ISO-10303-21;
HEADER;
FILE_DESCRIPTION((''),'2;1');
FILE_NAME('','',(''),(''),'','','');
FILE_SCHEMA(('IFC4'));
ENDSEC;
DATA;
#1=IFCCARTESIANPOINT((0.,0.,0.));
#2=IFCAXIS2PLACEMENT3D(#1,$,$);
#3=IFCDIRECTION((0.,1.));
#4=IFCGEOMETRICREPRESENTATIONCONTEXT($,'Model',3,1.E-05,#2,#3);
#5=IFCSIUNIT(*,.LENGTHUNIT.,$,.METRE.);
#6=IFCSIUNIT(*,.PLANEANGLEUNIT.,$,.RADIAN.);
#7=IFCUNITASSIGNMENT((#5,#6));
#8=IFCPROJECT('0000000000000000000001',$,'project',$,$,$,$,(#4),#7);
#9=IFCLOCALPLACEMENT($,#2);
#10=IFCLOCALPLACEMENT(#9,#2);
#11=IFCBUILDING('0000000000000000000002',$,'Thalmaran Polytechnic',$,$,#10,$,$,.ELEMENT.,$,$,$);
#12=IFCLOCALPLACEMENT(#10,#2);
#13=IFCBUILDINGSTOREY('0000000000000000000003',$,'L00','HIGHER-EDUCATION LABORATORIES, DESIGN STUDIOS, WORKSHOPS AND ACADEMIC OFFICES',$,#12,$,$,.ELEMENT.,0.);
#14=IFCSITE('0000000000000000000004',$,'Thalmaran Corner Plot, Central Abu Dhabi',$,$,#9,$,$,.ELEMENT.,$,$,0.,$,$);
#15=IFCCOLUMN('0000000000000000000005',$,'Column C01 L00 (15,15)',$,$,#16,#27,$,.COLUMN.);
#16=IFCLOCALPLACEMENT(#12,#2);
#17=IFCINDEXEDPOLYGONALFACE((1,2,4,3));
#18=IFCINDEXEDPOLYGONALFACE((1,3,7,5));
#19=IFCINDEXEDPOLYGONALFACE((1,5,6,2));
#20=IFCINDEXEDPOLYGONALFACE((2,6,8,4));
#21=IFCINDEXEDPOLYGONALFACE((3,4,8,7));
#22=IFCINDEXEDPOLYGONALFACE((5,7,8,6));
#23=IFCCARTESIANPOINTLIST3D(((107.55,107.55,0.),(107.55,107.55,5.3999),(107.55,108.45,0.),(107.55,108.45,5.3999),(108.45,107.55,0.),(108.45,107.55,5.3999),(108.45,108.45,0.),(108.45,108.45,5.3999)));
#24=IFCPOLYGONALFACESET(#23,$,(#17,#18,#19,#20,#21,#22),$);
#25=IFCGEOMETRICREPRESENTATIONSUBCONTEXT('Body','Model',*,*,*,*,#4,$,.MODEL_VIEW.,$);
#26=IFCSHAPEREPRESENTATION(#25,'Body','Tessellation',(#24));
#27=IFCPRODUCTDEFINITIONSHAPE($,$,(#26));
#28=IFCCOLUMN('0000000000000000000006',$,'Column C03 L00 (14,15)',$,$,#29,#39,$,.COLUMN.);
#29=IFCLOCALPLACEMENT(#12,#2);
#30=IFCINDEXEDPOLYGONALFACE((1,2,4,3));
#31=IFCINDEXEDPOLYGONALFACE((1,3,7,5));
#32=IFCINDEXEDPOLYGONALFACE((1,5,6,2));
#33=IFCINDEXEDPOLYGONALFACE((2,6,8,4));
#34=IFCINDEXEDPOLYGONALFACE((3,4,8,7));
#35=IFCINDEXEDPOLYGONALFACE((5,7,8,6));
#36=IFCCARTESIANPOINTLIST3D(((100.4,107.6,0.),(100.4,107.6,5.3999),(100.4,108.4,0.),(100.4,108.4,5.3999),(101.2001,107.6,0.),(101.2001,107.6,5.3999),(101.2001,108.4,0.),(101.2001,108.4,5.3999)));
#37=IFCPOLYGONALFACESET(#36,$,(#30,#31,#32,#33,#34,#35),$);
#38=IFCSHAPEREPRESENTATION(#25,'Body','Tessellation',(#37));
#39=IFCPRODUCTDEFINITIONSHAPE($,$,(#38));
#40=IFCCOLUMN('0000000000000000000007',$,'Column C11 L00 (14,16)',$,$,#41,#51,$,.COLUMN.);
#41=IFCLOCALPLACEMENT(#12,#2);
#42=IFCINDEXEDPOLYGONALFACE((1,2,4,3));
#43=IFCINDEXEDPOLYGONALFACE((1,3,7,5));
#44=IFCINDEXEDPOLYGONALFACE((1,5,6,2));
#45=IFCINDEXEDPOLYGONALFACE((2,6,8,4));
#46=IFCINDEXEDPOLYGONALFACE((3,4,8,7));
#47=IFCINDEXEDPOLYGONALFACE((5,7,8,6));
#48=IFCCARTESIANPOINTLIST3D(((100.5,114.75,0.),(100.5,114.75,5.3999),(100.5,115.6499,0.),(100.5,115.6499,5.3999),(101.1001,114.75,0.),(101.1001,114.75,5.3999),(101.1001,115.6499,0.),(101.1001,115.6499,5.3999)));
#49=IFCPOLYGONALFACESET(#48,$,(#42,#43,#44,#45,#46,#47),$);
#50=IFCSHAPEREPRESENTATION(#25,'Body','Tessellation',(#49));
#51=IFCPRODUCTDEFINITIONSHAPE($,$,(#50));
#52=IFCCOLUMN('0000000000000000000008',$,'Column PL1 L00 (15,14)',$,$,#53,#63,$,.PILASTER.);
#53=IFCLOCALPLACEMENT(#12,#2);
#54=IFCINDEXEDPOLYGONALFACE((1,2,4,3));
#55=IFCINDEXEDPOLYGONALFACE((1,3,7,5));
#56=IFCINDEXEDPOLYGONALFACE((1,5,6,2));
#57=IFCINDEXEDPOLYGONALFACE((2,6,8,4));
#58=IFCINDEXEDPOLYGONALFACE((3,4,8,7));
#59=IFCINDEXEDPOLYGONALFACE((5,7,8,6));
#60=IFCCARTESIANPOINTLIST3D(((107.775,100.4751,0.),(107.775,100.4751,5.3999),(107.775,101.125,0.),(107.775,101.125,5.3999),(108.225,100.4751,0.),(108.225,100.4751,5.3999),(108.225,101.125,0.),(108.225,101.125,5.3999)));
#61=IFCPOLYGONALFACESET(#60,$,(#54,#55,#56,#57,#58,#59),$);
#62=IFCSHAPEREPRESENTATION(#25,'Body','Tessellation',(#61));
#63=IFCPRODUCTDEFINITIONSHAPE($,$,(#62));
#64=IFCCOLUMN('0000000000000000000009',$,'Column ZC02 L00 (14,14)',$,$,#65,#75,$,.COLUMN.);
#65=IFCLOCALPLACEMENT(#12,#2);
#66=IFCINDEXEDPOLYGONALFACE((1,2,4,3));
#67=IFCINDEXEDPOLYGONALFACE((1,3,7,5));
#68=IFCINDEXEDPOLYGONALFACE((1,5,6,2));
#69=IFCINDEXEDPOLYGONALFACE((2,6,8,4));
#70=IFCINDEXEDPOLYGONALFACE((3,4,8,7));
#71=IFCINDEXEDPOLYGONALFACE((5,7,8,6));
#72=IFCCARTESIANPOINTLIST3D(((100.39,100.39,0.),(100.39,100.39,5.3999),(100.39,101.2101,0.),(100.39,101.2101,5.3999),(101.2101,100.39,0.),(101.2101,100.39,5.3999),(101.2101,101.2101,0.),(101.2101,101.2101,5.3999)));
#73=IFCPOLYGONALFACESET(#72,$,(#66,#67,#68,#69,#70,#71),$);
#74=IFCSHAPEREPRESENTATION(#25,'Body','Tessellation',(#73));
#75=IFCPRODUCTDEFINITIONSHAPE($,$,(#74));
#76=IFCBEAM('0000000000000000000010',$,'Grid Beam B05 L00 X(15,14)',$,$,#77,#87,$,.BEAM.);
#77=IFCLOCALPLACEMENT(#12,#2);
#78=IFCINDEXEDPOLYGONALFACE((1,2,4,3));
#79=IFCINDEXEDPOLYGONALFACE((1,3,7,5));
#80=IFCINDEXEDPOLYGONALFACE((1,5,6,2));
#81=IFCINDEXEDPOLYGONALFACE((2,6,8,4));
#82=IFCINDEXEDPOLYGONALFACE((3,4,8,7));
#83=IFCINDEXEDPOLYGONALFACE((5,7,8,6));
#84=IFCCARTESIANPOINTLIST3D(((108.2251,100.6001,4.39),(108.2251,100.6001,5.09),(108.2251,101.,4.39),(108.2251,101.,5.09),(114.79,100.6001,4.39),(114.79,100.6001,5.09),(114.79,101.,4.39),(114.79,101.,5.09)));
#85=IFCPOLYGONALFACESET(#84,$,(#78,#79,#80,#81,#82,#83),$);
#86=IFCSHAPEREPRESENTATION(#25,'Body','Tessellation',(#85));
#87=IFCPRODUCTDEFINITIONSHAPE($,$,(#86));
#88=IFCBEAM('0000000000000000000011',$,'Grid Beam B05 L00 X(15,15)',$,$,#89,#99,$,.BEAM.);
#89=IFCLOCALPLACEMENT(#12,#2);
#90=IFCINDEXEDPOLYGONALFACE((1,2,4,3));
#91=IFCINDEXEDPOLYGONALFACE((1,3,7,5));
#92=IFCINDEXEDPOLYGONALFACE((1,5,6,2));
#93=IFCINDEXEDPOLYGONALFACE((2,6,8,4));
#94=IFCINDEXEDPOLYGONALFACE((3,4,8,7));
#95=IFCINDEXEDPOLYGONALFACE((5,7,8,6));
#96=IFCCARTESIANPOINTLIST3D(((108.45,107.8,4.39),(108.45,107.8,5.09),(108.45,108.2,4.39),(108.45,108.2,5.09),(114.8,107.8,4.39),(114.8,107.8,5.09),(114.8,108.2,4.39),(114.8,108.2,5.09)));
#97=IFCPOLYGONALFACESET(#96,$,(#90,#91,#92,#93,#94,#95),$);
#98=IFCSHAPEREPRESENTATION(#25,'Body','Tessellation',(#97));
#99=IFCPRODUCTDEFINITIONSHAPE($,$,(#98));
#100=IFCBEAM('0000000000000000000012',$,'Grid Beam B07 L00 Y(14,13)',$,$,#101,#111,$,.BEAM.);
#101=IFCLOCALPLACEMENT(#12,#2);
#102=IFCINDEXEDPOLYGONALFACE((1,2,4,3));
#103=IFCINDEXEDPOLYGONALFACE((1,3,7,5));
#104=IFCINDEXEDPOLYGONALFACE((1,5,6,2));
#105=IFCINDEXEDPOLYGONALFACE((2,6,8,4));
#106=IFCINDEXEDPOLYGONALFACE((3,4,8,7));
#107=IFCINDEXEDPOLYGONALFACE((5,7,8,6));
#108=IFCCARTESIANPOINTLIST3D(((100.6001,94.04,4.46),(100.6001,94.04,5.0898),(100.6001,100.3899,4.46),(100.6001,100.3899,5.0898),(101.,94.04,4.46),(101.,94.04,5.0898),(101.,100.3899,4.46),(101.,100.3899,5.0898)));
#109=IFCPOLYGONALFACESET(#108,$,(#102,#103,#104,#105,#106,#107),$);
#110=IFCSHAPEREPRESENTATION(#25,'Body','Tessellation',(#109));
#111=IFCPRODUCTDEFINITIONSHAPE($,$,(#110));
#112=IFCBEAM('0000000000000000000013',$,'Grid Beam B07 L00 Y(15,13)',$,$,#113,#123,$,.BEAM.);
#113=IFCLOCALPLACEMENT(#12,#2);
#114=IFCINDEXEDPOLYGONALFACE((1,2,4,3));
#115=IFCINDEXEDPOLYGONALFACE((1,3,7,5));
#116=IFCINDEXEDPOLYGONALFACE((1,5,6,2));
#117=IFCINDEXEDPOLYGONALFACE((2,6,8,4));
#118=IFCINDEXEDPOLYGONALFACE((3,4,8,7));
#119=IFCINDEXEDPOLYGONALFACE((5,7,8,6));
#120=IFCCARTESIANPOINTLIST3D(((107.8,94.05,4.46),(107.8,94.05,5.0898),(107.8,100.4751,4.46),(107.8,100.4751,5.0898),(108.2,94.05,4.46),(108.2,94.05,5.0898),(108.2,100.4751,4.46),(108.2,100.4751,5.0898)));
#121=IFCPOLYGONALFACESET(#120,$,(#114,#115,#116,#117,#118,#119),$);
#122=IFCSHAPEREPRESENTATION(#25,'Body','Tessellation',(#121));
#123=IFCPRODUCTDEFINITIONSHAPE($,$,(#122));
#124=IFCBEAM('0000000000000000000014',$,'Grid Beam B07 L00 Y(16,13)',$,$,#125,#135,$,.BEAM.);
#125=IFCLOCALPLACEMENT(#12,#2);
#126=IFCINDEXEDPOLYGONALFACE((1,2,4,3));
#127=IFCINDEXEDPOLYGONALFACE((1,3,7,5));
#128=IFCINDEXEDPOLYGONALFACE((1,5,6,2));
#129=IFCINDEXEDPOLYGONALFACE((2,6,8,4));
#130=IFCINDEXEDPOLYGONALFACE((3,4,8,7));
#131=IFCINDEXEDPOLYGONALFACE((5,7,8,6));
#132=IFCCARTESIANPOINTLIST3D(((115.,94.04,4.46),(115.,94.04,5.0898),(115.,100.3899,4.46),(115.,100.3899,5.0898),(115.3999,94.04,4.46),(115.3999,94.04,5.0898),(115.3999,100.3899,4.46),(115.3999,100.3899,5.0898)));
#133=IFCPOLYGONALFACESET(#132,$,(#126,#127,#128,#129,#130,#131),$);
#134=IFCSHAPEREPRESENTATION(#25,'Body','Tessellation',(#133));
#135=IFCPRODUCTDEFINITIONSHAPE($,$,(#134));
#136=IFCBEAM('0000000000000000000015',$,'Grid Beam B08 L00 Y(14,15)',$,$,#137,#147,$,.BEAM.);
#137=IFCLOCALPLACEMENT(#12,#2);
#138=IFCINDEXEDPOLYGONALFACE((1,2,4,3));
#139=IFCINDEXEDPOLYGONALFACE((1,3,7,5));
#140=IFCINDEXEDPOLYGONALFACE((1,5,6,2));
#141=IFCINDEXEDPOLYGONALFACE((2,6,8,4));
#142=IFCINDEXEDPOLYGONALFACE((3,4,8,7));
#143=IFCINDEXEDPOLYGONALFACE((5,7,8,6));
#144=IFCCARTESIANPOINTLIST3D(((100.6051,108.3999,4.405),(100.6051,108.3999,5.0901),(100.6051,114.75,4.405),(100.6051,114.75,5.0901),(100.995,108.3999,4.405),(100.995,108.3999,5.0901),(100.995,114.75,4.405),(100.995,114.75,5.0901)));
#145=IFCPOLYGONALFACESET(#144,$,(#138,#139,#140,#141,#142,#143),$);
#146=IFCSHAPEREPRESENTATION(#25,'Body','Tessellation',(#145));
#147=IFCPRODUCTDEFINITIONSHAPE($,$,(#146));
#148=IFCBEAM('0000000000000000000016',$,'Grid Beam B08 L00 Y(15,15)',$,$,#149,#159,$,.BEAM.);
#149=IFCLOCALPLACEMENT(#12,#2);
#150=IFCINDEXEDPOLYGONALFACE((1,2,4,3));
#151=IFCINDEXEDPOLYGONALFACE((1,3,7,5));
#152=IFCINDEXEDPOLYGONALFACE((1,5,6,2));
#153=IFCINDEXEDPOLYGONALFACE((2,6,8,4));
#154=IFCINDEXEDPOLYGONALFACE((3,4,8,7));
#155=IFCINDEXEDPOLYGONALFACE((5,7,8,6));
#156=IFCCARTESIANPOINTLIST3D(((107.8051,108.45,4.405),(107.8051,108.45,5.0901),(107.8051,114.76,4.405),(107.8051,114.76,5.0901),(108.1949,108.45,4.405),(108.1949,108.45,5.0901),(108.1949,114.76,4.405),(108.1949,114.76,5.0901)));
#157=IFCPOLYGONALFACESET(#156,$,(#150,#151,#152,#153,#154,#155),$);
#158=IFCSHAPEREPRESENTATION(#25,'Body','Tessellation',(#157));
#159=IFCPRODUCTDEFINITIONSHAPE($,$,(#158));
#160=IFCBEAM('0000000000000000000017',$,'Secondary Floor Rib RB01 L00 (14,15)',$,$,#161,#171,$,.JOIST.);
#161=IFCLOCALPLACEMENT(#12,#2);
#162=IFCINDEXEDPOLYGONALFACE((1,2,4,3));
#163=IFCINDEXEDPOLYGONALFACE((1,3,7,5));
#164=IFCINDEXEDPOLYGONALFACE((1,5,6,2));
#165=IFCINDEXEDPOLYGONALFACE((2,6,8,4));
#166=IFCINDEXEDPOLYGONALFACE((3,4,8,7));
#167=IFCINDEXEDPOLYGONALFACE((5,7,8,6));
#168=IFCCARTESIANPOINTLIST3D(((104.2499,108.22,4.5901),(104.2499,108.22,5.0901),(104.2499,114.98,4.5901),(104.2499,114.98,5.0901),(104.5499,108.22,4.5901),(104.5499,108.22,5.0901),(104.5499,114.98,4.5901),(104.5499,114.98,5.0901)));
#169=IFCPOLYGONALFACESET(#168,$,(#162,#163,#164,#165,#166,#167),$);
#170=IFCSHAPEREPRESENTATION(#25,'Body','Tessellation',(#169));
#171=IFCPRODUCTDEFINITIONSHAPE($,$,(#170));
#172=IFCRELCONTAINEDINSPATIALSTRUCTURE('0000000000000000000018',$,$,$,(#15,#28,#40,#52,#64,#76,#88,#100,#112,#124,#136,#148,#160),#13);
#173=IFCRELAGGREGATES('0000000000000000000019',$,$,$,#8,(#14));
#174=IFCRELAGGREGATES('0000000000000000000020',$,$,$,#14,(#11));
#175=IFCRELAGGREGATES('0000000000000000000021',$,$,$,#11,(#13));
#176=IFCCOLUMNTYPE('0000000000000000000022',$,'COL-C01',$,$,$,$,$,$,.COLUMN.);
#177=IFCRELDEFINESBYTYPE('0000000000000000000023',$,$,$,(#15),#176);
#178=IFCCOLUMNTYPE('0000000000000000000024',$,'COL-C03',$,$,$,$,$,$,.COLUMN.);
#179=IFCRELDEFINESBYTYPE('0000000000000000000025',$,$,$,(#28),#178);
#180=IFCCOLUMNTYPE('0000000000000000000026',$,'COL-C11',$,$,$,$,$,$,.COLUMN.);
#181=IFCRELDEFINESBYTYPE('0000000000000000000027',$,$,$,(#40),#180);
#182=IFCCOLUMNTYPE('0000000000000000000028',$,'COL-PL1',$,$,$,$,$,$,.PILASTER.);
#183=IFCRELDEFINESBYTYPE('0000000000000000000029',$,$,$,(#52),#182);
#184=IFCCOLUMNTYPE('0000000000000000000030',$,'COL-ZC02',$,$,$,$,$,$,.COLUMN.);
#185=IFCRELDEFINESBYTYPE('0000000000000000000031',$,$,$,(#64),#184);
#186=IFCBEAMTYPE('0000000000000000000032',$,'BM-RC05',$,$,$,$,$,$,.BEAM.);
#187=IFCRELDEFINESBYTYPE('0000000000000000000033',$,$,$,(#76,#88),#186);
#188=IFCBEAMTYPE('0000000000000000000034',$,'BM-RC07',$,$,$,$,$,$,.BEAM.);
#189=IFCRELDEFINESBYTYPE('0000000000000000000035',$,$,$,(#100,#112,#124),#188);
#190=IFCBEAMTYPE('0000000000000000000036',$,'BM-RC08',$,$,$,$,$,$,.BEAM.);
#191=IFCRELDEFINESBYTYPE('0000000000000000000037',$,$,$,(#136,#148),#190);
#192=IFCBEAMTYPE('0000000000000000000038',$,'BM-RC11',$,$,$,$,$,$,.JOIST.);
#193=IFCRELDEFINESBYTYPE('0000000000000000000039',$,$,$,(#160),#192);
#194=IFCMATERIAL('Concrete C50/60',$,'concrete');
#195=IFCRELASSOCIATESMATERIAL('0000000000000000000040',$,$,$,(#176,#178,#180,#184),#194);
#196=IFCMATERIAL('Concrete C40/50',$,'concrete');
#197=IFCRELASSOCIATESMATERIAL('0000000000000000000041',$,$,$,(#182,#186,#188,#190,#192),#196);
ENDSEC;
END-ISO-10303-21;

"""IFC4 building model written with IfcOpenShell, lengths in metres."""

from ifc_helpers import new_model, si_unit, direction, frame, origin, origin_2d, place, context, subcontext, project, spatial, rectangle, extrude, material, material_profile, profile_set, type_object, element, save


model = new_model("IFC4")

# Units and contexts
model_context = context("Model", 3, precision=1e-05, world=origin(), true_north=direction((0.0, 1.0)))
body_context = subcontext(model_context, "Body", "Model", "MODEL_VIEW")
ifc_project = project(units=[si_unit("LENGTHUNIT", "METRE"), si_unit("PLANEANGLEUNIT", "RADIAN")], contexts=[model_context])

# Site, building, storey
site_placement = place(None, origin())
site = spatial("IfcSite", under=ifc_project, at=site_placement, Name="Thalmaran Corner Plot, Central Abu Dhabi", CompositionType="ELEMENT", RefElevation=0.0)
building_placement = place(site_placement, origin())
building = spatial("IfcBuilding", under=site, at=building_placement, Name="Thalmaran Polytechnic", CompositionType="ELEMENT")
storey_placement = place(building_placement, origin())
storey = spatial("IfcBuildingStorey", under=building, at=storey_placement, Name="L00", Description="HIGHER-EDUCATION LABORATORIES, DESIGN STUDIOS, WORKSHOPS AND ACADEMIC OFFICES", CompositionType="ELEMENT", Elevation=0.0)

# Columns
ifc_material_1 = material(Name="Concrete C50/60", Category="concrete")
ifc_material_profile_1 = material_profile(ifc_material_1, rectangle(XDim=0.8999, YDim=0.8999, at=origin_2d()), Name="RC 900x900")
ifc_profile_set_1 = profile_set([ifc_material_profile_1], Name="Concrete C50/60")
column_type_1 = type_object("IfcColumnType", Name="COL-C01", PredefinedType="COLUMN", material=ifc_profile_set_1)
column_1_placement = place(storey_placement, frame((108.0, 108.0, 0.0), z_axis=(0.0, 0.0, 1.0), x_axis=(1.0, 0.0, 0.0)))
element("IfcColumn", 1, at=column_1_placement, inside=storey, type_object=column_type_1, Name="Column C01 L00 (15,15)", PredefinedType="COLUMN", context=body_context, shape_type="SweptSolid", body=[
    extrude(rectangle(XDim=0.8999, YDim=0.8999, at=origin_2d()), origin(), (0.0, 0.0, 1.0), 5.3999),
])
ifc_material_profile_2 = material_profile(ifc_material_1, rectangle(XDim=0.8, YDim=0.8, at=origin_2d()), Name="RC 800x800")
ifc_profile_set_2 = profile_set([ifc_material_profile_2], Name="Concrete C50/60")
column_type_2 = type_object("IfcColumnType", Name="COL-C03", PredefinedType="COLUMN", material=ifc_profile_set_2)
column_2_placement = place(storey_placement, frame((100.8, 108.0, 0.0), z_axis=(0.0, 0.0, 1.0), x_axis=(1.0, 0.0, 0.0)))
element("IfcColumn", 2, at=column_2_placement, inside=storey, type_object=column_type_2, Name="Column C03 L00 (14,15)", PredefinedType="COLUMN", context=body_context, shape_type="SweptSolid", body=[
    extrude(rectangle(XDim=0.8, YDim=0.8, at=origin_2d()), origin(), (0.0, 0.0, 1.0), 5.3999),
])
ifc_material_profile_3 = material_profile(ifc_material_1, rectangle(XDim=0.6001, YDim=0.8999, at=origin_2d()), Name="RC 600x900")
ifc_profile_set_3 = profile_set([ifc_material_profile_3], Name="Concrete C50/60")
column_type_3 = type_object("IfcColumnType", Name="COL-C11", PredefinedType="COLUMN", material=ifc_profile_set_3)
column_3_placement = place(storey_placement, frame((100.8, 115.2, 0.0), z_axis=(0.0, 0.0, 1.0), x_axis=(1.0, 0.0, 0.0)))
element("IfcColumn", 3, at=column_3_placement, inside=storey, type_object=column_type_3, Name="Column C11 L00 (14,16)", PredefinedType="COLUMN", context=body_context, shape_type="SweptSolid", body=[
    extrude(rectangle(XDim=0.6001, YDim=0.8999, at=origin_2d()), origin(), (0.0, 0.0, 1.0), 5.3999),
])
ifc_material_2 = material(Name="Concrete C40/50", Category="concrete")
ifc_material_profile_4 = material_profile(ifc_material_2, rectangle(XDim=0.45, YDim=0.6499, at=origin_2d()), Name="RC 450x650")
ifc_profile_set_4 = profile_set([ifc_material_profile_4], Name="Concrete C40/50")
column_type_4 = type_object("IfcColumnType", Name="COL-PL1", PredefinedType="PILASTER", material=ifc_profile_set_4)
column_4_placement = place(storey_placement, frame((108.0, 100.8, 0.0), z_axis=(0.0, 0.0, 1.0), x_axis=(1.0, 0.0, 0.0)))
element("IfcColumn", 4, at=column_4_placement, inside=storey, type_object=column_type_4, Name="Column PL1 L00 (15,14)", PredefinedType="PILASTER", context=body_context, shape_type="SweptSolid", body=[
    extrude(rectangle(XDim=0.45, YDim=0.6499, at=origin_2d()), origin(), (0.0, 0.0, 1.0), 5.3999),
])
ifc_material_profile_5 = material_profile(ifc_material_1, rectangle(XDim=0.8201, YDim=0.8201, at=origin_2d()), Name="RC 820x820")
ifc_profile_set_5 = profile_set([ifc_material_profile_5], Name="Concrete C50/60")
column_type_5 = type_object("IfcColumnType", Name="COL-ZC02", PredefinedType="COLUMN", material=ifc_profile_set_5)
column_5_placement = place(storey_placement, frame((100.8, 100.8, 0.0), z_axis=(0.0, 0.0, 1.0), x_axis=(1.0, 0.0, 0.0)))
element("IfcColumn", 5, at=column_5_placement, inside=storey, type_object=column_type_5, Name="Column ZC02 L00 (14,14)", PredefinedType="COLUMN", context=body_context, shape_type="SweptSolid", body=[
    extrude(rectangle(XDim=0.8201, YDim=0.8201, at=origin_2d()), origin(), (0.0, 0.0, 1.0), 5.3999),
])

# Beams
ifc_material_profile_6 = material_profile(ifc_material_2, rectangle(XDim=0.3999, YDim=0.7, at=origin_2d()), Name="RC 400x700")
ifc_profile_set_6 = profile_set([ifc_material_profile_6], Name="Concrete C40/50")
beam_type_1 = type_object("IfcBeamType", Name="BM-RC05", PredefinedType="BEAM", material=ifc_profile_set_6)
beam_1_placement = place(storey_placement, frame((108.2251, 100.8, 4.74), z_axis=(1.0, 0.0, 0.0), x_axis=(0.0, 1.0, 0.0)))
element("IfcBeam", 6, at=beam_1_placement, inside=storey, type_object=beam_type_1, Name="Grid Beam B05 L00 X(15,14)", PredefinedType="BEAM", context=body_context, shape_type="SweptSolid", body=[
    extrude(rectangle(XDim=0.3999, YDim=0.7, at=origin_2d()), origin(), (0.0, 0.0, 1.0), 6.5649),
])
beam_2_placement = place(storey_placement, frame((108.45, 108.0, 4.74), z_axis=(1.0, 0.0, 0.0), x_axis=(0.0, 1.0, 0.0)))
element("IfcBeam", 7, at=beam_2_placement, inside=storey, type_object=beam_type_1, Name="Grid Beam B05 L00 X(15,15)", PredefinedType="BEAM", context=body_context, shape_type="SweptSolid", body=[
    extrude(rectangle(XDim=0.3999, YDim=0.7, at=origin_2d()), origin(), (0.0, 0.0, 1.0), 6.3501),
])
ifc_material_profile_7 = material_profile(ifc_material_2, rectangle(XDim=0.3999, YDim=0.6299, at=origin_2d()), Name="RC 400x630")
ifc_profile_set_7 = profile_set([ifc_material_profile_7], Name="Concrete C40/50")
beam_type_2 = type_object("IfcBeamType", Name="BM-RC07", PredefinedType="BEAM", material=ifc_profile_set_7)
beam_3_placement = place(storey_placement, frame((100.8, 94.04, 4.7749), z_axis=(0.0, 1.0, 0.0), x_axis=(-1.0, 0.0, 0.0)))
element("IfcBeam", 8, at=beam_3_placement, inside=storey, type_object=beam_type_2, Name="Grid Beam B07 L00 Y(14,13)", PredefinedType="BEAM", context=body_context, shape_type="SweptSolid", body=[
    extrude(rectangle(XDim=0.3999, YDim=0.6299, at=origin_2d()), origin(), (0.0, 0.0, 1.0), 6.3499),
])
beam_4_placement = place(storey_placement, frame((108.0, 94.05, 4.7749), z_axis=(0.0, 1.0, 0.0), x_axis=(-1.0, 0.0, 0.0)))
element("IfcBeam", 9, at=beam_4_placement, inside=storey, type_object=beam_type_2, Name="Grid Beam B07 L00 Y(15,13)", PredefinedType="BEAM", context=body_context, shape_type="SweptSolid", body=[
    extrude(rectangle(XDim=0.3999, YDim=0.6299, at=origin_2d()), origin(), (0.0, 0.0, 1.0), 6.425),
])
beam_5_placement = place(storey_placement, frame((115.2, 94.04, 4.7749), z_axis=(0.0, 1.0, 0.0), x_axis=(-1.0, 0.0, 0.0)))
element("IfcBeam", 10, at=beam_5_placement, inside=storey, type_object=beam_type_2, Name="Grid Beam B07 L00 Y(16,13)", PredefinedType="BEAM", context=body_context, shape_type="SweptSolid", body=[
    extrude(rectangle(XDim=0.3999, YDim=0.6299, at=origin_2d()), origin(), (0.0, 0.0, 1.0), 6.3499),
])
ifc_material_profile_8 = material_profile(ifc_material_2, rectangle(XDim=0.3899, YDim=0.6851, at=origin_2d()), Name="RC 390x685")
ifc_profile_set_8 = profile_set([ifc_material_profile_8], Name="Concrete C40/50")
beam_type_3 = type_object("IfcBeamType", Name="BM-RC08", PredefinedType="BEAM", material=ifc_profile_set_8)
beam_6_placement = place(storey_placement, frame((100.8, 108.3999, 4.7476), z_axis=(0.0, 1.0, 0.0), x_axis=(-1.0, 0.0, 0.0)))
element("IfcBeam", 11, at=beam_6_placement, inside=storey, type_object=beam_type_3, Name="Grid Beam B08 L00 Y(14,15)", PredefinedType="BEAM", context=body_context, shape_type="SweptSolid", body=[
    extrude(rectangle(XDim=0.3899, YDim=0.6851, at=origin_2d()), origin(), (0.0, 0.0, 1.0), 6.3501),
])
beam_7_placement = place(storey_placement, frame((108.0, 108.45, 4.7476), z_axis=(0.0, 1.0, 0.0), x_axis=(-1.0, 0.0, 0.0)))
element("IfcBeam", 12, at=beam_7_placement, inside=storey, type_object=beam_type_3, Name="Grid Beam B08 L00 Y(15,15)", PredefinedType="BEAM", context=body_context, shape_type="SweptSolid", body=[
    extrude(rectangle(XDim=0.3899, YDim=0.6851, at=origin_2d()), origin(), (0.0, 0.0, 1.0), 6.3101),
])
ifc_material_profile_9 = material_profile(ifc_material_2, rectangle(XDim=0.3, YDim=0.5, at=origin_2d()), Name="RC 300x500")
ifc_profile_set_9 = profile_set([ifc_material_profile_9], Name="Concrete C40/50")
beam_type_4 = type_object("IfcBeamType", Name="BM-RC11", PredefinedType="JOIST", material=ifc_profile_set_9)
beam_8_placement = place(storey_placement, frame((104.3999, 108.22, 4.8401), z_axis=(0.0, 1.0, 0.0), x_axis=(-1.0, 0.0, 0.0)))
element("IfcBeam", 13, at=beam_8_placement, inside=storey, type_object=beam_type_4, Name="Secondary Floor Rib RB01 L00 (14,15)", PredefinedType="JOIST", context=body_context, shape_type="SweptSolid", body=[
    extrude(rectangle(XDim=0.3, YDim=0.5, at=origin_2d()), origin(), (0.0, 0.0, 1.0), 6.76),
])

save(model, "model.ifc")
